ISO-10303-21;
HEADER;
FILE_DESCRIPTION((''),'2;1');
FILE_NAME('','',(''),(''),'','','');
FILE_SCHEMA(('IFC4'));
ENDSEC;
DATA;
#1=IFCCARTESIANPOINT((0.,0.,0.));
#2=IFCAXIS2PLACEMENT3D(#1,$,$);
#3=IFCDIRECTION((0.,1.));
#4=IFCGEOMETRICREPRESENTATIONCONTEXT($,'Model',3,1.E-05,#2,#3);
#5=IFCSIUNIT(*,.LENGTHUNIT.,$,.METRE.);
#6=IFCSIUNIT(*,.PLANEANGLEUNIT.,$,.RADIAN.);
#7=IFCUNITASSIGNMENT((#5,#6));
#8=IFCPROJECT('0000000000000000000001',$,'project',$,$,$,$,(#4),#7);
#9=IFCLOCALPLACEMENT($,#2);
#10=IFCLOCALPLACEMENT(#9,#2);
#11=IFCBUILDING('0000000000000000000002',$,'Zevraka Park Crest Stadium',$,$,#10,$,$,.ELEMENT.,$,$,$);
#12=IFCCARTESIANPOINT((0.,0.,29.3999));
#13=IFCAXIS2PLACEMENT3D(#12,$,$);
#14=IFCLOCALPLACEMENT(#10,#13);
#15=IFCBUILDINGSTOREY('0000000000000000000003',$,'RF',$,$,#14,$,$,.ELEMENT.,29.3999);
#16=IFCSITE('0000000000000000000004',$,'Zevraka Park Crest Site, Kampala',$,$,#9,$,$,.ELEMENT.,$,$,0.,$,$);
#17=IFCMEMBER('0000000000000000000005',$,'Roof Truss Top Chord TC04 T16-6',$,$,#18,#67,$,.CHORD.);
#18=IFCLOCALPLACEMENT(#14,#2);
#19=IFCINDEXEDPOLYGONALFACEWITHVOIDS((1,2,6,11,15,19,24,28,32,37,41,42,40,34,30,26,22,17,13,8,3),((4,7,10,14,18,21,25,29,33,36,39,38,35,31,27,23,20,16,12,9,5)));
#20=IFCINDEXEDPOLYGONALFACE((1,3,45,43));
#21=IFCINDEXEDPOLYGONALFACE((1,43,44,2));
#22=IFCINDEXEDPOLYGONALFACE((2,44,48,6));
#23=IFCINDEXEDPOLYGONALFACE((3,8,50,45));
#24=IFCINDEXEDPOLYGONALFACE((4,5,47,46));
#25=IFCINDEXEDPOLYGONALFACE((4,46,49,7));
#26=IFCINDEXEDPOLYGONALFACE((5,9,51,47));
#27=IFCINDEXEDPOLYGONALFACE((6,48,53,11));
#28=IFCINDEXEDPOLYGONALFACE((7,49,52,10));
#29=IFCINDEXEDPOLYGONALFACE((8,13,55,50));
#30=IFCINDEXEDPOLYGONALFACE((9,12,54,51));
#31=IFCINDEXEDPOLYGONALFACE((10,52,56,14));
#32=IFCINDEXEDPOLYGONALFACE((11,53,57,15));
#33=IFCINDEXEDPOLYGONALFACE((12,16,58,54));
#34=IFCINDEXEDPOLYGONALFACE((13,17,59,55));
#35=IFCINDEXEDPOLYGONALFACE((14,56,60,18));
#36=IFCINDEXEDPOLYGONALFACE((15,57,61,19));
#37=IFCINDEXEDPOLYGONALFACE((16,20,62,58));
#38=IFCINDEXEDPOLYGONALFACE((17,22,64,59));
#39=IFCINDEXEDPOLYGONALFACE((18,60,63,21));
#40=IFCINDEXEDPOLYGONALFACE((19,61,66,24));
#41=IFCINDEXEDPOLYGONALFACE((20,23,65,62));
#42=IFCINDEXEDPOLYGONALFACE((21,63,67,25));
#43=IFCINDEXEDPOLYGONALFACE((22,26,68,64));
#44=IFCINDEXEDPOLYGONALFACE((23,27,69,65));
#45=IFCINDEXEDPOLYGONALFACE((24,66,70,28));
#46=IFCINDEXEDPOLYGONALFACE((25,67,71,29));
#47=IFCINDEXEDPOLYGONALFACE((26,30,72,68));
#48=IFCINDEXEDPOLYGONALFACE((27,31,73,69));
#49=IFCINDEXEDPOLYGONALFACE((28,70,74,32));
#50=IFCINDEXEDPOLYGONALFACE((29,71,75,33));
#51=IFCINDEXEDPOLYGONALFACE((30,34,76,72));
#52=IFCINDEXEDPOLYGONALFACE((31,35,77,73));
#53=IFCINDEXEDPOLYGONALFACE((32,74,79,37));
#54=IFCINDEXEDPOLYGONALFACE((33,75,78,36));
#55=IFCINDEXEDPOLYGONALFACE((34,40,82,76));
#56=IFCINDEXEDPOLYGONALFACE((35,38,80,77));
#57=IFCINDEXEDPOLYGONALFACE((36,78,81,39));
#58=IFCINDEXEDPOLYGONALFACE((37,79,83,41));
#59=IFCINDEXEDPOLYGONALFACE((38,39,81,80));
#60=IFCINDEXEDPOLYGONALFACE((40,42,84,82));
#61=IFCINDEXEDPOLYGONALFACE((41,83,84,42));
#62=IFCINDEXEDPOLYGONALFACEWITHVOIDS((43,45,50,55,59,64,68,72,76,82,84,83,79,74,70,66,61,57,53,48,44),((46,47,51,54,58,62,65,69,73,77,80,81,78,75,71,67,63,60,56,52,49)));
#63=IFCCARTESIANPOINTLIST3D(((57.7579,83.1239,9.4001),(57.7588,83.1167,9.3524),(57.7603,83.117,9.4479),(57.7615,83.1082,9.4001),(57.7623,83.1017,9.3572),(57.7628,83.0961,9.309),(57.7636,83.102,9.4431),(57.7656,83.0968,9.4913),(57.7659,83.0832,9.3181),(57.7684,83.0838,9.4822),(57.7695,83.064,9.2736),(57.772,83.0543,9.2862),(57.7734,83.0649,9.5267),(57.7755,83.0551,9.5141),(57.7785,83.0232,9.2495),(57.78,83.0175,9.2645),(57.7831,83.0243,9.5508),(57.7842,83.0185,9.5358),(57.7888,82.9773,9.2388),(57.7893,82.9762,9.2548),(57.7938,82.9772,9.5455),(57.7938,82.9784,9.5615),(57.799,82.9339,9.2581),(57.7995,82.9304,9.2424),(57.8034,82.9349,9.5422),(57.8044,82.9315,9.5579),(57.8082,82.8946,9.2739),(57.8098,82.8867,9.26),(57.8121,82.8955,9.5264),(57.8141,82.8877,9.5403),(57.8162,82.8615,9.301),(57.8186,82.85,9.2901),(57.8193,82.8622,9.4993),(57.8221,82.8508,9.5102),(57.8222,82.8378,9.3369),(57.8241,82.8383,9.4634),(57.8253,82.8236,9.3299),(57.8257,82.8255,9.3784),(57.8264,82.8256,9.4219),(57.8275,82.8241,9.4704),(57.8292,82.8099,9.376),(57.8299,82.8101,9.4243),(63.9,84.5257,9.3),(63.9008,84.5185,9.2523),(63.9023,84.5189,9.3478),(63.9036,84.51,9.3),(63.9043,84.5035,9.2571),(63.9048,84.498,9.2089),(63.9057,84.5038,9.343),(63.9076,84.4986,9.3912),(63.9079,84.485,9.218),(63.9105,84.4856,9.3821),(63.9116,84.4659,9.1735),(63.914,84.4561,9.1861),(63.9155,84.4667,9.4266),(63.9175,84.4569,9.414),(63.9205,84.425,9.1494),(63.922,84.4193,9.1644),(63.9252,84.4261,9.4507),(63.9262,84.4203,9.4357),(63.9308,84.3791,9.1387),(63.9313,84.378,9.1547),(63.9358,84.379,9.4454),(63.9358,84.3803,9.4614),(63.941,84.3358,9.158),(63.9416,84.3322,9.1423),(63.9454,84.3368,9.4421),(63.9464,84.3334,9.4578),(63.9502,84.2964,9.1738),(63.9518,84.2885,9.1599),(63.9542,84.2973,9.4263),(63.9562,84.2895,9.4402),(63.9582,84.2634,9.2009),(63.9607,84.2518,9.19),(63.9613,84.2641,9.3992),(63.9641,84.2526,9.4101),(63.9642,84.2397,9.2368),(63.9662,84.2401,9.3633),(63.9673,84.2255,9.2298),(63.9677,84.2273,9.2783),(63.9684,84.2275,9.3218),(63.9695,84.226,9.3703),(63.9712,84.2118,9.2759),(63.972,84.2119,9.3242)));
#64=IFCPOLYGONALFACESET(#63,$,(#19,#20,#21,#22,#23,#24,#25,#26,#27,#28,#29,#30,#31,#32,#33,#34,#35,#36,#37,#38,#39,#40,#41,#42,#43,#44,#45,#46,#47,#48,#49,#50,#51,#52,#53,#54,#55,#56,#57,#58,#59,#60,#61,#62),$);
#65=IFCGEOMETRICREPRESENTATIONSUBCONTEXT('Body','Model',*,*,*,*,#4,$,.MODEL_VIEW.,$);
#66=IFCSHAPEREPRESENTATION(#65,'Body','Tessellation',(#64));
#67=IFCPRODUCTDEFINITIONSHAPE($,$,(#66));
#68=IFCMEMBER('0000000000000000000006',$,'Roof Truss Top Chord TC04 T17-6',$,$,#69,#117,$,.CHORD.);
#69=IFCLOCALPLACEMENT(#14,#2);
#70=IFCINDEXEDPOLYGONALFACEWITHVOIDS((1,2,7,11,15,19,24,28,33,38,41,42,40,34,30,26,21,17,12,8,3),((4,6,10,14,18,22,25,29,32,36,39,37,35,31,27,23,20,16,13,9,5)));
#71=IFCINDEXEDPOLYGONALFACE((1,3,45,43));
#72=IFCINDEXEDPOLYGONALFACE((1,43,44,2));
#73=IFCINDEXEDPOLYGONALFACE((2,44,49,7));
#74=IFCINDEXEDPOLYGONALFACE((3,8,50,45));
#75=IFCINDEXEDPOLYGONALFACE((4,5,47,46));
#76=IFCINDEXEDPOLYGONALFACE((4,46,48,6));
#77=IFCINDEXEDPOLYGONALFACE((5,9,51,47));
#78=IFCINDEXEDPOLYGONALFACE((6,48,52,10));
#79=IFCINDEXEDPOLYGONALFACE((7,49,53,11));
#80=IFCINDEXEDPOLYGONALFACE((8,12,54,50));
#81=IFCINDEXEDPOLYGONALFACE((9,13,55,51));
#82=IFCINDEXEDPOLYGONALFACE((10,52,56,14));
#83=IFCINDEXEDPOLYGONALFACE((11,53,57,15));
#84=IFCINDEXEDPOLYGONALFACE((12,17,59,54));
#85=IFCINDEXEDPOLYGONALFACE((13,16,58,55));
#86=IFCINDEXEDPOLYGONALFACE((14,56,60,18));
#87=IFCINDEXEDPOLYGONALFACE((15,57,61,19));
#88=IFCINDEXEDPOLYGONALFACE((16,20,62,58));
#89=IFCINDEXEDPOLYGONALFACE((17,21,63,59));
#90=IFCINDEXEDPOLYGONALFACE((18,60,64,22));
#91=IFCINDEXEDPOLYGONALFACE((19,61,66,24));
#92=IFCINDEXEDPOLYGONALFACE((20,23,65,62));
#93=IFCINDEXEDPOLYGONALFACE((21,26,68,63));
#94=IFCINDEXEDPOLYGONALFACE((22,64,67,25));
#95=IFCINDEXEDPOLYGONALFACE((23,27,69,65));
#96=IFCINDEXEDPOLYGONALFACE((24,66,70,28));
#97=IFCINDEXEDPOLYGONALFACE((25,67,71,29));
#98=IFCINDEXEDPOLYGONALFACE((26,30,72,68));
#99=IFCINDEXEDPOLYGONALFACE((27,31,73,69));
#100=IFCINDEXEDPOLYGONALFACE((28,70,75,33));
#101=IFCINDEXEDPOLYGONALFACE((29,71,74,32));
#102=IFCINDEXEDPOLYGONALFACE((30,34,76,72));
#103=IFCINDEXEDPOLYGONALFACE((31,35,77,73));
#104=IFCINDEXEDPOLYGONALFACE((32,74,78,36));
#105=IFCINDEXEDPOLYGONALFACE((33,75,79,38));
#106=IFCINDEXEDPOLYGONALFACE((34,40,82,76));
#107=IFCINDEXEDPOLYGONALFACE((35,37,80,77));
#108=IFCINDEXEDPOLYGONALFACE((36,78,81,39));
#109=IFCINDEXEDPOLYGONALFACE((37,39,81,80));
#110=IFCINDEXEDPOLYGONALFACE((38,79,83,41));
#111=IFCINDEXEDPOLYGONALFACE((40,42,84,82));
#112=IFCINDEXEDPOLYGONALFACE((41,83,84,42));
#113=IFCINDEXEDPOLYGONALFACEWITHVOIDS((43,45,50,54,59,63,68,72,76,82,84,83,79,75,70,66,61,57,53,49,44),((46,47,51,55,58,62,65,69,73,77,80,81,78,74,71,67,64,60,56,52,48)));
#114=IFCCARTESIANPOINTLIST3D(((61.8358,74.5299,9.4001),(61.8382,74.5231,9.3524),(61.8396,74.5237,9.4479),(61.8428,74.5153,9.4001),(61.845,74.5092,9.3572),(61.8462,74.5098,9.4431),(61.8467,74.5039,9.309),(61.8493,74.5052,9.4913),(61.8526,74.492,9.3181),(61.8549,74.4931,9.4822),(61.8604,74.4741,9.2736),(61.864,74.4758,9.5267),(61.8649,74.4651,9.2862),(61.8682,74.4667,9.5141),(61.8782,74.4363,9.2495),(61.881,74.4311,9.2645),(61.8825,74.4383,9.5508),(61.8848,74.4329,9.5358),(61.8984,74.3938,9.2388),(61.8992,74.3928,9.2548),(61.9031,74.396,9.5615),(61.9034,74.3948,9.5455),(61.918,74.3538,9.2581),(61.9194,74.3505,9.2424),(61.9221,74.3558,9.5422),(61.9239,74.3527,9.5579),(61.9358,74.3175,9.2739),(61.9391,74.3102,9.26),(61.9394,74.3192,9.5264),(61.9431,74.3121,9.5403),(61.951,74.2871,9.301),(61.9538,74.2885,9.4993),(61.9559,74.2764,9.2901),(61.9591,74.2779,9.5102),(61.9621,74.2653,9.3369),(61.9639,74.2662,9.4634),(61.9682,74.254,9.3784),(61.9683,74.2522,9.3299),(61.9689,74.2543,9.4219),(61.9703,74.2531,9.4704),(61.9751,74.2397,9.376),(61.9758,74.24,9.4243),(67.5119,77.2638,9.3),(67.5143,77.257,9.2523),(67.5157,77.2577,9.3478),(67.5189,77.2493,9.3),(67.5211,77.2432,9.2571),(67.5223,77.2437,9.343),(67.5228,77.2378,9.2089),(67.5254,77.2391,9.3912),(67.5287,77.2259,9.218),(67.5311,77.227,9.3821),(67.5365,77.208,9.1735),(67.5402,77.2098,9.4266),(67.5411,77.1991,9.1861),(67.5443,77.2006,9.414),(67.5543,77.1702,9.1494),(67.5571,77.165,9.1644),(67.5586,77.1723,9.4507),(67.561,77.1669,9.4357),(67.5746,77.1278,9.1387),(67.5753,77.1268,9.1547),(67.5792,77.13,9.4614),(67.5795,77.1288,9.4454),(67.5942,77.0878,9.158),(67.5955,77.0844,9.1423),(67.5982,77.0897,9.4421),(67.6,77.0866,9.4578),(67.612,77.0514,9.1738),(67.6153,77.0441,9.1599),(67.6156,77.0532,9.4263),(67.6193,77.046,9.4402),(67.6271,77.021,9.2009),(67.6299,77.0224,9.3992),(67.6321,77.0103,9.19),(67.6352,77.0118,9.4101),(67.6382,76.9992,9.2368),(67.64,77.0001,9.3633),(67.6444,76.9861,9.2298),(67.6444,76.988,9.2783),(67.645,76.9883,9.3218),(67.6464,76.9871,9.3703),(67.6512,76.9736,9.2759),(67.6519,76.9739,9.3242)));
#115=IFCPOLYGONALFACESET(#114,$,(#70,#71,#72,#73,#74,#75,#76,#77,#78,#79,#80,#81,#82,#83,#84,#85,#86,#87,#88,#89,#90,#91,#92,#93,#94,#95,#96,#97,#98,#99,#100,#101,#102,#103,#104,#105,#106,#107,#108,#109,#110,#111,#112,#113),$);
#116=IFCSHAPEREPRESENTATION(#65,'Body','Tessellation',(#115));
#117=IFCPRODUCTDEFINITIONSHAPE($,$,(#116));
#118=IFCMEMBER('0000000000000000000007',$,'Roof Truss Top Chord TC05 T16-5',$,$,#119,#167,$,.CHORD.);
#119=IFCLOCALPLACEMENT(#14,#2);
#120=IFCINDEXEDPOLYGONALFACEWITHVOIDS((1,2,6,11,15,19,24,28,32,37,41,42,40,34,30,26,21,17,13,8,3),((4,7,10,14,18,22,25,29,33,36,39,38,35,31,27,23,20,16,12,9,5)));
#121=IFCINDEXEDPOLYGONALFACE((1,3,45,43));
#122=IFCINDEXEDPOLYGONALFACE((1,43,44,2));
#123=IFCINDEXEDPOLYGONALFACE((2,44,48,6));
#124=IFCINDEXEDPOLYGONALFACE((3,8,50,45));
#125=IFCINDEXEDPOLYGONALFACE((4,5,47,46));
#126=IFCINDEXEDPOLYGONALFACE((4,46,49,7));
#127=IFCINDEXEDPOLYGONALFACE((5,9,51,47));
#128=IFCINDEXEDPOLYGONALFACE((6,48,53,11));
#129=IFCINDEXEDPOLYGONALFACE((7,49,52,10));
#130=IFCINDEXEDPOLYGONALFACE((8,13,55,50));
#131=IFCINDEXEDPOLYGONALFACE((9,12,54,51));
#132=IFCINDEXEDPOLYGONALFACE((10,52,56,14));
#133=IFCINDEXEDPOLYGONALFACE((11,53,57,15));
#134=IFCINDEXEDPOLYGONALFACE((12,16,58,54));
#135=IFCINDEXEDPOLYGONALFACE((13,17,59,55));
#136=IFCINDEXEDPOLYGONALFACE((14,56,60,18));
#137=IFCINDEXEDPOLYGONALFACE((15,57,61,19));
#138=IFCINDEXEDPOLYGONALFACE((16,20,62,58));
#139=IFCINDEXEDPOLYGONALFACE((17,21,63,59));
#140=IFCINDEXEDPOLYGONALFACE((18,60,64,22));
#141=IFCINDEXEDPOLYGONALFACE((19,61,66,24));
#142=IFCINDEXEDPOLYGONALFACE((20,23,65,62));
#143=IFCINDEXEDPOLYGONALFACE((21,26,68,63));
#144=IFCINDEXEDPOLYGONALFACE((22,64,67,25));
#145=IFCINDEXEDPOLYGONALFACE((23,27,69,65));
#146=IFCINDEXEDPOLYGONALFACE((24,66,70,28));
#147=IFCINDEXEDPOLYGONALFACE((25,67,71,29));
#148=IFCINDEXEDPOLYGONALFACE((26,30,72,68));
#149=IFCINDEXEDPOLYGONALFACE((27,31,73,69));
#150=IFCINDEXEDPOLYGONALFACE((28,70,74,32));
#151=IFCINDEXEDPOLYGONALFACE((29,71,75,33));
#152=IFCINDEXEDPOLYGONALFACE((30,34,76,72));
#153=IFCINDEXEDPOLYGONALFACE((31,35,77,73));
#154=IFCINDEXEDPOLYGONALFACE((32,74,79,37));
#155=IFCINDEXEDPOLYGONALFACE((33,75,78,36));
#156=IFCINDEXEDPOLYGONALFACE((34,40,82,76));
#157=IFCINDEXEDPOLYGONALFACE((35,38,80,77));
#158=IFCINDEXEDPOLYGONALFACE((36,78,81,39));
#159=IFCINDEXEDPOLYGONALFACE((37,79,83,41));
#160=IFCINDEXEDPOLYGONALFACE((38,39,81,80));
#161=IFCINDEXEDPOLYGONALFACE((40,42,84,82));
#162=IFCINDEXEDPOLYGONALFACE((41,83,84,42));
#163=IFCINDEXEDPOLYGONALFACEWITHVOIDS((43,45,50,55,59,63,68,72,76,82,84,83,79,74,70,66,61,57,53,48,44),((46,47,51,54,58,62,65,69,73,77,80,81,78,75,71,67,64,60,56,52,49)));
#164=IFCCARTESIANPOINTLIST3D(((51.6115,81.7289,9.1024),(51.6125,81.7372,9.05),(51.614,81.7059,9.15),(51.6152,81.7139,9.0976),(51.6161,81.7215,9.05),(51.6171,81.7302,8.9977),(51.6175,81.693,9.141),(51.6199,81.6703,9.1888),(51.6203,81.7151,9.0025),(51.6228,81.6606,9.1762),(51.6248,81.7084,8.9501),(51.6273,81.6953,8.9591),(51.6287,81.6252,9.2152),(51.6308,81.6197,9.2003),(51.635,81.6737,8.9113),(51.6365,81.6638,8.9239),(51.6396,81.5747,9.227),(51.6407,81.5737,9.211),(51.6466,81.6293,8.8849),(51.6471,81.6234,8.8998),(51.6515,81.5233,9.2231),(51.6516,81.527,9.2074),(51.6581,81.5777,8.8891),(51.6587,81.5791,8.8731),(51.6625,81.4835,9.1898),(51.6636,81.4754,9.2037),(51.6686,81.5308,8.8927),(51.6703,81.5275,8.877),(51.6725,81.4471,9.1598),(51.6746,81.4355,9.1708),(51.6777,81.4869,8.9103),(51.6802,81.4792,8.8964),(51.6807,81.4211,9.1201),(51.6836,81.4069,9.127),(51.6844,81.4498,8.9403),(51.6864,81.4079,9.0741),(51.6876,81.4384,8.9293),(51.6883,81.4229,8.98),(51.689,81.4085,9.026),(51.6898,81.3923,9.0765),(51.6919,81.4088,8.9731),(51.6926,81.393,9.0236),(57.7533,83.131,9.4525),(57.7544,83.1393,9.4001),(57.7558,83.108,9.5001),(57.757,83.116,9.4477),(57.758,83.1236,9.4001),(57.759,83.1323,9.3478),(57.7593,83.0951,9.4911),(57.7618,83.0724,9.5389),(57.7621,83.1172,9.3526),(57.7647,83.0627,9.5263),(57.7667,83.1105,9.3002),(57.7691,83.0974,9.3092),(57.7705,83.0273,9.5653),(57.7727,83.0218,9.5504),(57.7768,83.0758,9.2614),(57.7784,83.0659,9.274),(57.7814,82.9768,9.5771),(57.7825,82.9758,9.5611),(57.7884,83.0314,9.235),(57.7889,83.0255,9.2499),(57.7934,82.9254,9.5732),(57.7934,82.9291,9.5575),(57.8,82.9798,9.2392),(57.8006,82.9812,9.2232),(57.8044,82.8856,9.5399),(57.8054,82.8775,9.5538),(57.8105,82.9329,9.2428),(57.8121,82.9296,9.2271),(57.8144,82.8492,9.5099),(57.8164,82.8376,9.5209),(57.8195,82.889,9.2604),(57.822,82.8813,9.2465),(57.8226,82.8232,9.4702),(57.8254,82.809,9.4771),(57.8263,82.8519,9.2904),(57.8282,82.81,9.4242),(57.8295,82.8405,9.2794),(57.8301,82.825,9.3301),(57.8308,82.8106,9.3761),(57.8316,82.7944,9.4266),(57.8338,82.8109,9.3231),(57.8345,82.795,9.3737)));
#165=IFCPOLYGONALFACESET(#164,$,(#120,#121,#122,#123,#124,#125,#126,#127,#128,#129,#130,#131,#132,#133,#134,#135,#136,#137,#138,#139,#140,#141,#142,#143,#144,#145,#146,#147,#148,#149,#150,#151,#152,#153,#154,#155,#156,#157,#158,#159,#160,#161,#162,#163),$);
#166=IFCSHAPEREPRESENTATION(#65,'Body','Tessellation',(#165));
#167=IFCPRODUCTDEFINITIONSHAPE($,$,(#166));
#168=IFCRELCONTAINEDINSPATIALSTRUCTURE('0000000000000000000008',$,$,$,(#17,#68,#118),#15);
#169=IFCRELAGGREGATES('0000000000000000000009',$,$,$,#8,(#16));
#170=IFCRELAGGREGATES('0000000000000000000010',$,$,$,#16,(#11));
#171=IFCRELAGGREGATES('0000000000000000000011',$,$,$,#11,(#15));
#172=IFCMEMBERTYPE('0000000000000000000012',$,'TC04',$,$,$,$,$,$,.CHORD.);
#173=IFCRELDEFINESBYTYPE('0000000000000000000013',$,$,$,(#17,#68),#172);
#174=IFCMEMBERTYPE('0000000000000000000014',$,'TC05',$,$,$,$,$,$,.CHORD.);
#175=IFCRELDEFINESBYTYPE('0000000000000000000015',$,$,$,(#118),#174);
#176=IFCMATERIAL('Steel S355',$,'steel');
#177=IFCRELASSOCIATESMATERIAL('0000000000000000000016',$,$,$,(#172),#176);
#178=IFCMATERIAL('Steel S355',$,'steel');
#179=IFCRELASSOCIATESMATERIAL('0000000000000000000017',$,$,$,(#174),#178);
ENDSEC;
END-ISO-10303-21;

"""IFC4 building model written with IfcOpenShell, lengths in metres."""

from ifc_helpers import new_model, si_unit, direction, frame, origin, origin_2d, place, context, subcontext, project, spatial, hollow_circle, extrude, material, material_profile, profile_set, type_object, element, save


model = new_model("IFC4")

# Units and contexts
model_context = context("Model", 3, precision=1e-05, world=origin(), true_north=direction((0.0, 1.0)))
body_context = subcontext(model_context, "Body", "Model", "MODEL_VIEW")
ifc_project = project(units=[si_unit("LENGTHUNIT", "METRE"), si_unit("PLANEANGLEUNIT", "RADIAN")], contexts=[model_context])

# Site, building, storey
site_placement = place(None, origin())
site = spatial("IfcSite", under=ifc_project, at=site_placement, Name="Zevraka Park Crest Site, Kampala", CompositionType="ELEMENT", RefElevation=0.0)
building_placement = place(site_placement, origin())
building = spatial("IfcBuilding", under=site, at=building_placement, Name="Zevraka Park Crest Stadium", CompositionType="ELEMENT")
storey_placement = place(building_placement, frame((0.0, 0.0, 29.3999)))
storey = spatial("IfcBuildingStorey", under=building, at=storey_placement, Name="RF", CompositionType="ELEMENT", Elevation=29.3999)

# Members
ifc_material_1 = material(Name="Steel S355", Category="steel")
ifc_material_profile_1 = material_profile(ifc_material_1, hollow_circle(Radius=0.1619, WallThickness=0.0161, at=origin_2d()), Name="CHS 323.9x16")
ifc_profile_set_1 = profile_set([ifc_material_profile_1], Name="Steel S355")
member_type_1 = type_object("IfcMemberType", Name="TC04", PredefinedType="CHORD", material=ifc_profile_set_1)
for number, where, z_axis, x_axis, name in (
    (1, (57.7939, 82.9661, 9.4001), (0.974806, 0.222487, -0.015886), (-0.222515, 0.974929, 0.0), "Roof Truss Top Chord TC04 T16-6"),
):
    element("IfcMember", number, at=place(storey_placement, frame(where, z_axis=z_axis, x_axis=x_axis)), inside=storey, type_object=member_type_1, Name=name, PredefinedType="CHORD", context=body_context, shape_type="SweptSolid", body=[
        extrude(hollow_circle(Radius=0.1619, WallThickness=0.0161, at=origin_2d()), origin(), (0.0, 0.0, 1.0), 6.3008),
    ])
member_1_placement = place(storey_placement, frame((61.906, 74.384, 9.4001), z_axis=(0.900827, 0.433888, -0.015886), x_axis=(-0.433943, 0.900941, 0.0)))
element("IfcMember", 2, at=member_1_placement, inside=storey, type_object=member_type_1, Name="Roof Truss Top Chord TC04 T17-6", PredefinedType="CHORD", context=body_context, shape_type="SweptSolid", body=[
    extrude(hollow_circle(Radius=0.1619, WallThickness=0.0161, at=origin_2d()), origin(), (0.0, 0.0, 1.0), 6.301),
])
ifc_material_2 = material(Name="Steel S355", Category="steel")
ifc_material_profile_2 = material_profile(ifc_material_2, hollow_circle(Radius=0.1777, WallThickness=0.0161, at=origin_2d()), Name="CHS 355.6x16")
ifc_profile_set_2 = profile_set([ifc_material_profile_2], Name="Steel S355")
member_type_2 = type_object("IfcMemberType", Name="TC05", PredefinedType="CHORD", material=ifc_profile_set_2)
for number, where, z_axis, x_axis, name in (
    (3, (51.6521, 81.564, 9.05), (0.973417, 0.222218, 0.055487), (-0.222561, 0.974919, 0.0), "Roof Truss Top Chord TC05 T16-5"),
):
    element("IfcMember", number, at=place(storey_placement, frame(where, z_axis=z_axis, x_axis=x_axis)), inside=storey, type_object=member_type_2, Name=name, PredefinedType="CHORD", context=body_context, shape_type="SweptSolid", body=[
        extrude(hollow_circle(Radius=0.1777, WallThickness=0.0161, at=origin_2d()), origin(), (0.0, 0.0, 1.0), 6.3096),
    ])

save(model, "model.ifc")
